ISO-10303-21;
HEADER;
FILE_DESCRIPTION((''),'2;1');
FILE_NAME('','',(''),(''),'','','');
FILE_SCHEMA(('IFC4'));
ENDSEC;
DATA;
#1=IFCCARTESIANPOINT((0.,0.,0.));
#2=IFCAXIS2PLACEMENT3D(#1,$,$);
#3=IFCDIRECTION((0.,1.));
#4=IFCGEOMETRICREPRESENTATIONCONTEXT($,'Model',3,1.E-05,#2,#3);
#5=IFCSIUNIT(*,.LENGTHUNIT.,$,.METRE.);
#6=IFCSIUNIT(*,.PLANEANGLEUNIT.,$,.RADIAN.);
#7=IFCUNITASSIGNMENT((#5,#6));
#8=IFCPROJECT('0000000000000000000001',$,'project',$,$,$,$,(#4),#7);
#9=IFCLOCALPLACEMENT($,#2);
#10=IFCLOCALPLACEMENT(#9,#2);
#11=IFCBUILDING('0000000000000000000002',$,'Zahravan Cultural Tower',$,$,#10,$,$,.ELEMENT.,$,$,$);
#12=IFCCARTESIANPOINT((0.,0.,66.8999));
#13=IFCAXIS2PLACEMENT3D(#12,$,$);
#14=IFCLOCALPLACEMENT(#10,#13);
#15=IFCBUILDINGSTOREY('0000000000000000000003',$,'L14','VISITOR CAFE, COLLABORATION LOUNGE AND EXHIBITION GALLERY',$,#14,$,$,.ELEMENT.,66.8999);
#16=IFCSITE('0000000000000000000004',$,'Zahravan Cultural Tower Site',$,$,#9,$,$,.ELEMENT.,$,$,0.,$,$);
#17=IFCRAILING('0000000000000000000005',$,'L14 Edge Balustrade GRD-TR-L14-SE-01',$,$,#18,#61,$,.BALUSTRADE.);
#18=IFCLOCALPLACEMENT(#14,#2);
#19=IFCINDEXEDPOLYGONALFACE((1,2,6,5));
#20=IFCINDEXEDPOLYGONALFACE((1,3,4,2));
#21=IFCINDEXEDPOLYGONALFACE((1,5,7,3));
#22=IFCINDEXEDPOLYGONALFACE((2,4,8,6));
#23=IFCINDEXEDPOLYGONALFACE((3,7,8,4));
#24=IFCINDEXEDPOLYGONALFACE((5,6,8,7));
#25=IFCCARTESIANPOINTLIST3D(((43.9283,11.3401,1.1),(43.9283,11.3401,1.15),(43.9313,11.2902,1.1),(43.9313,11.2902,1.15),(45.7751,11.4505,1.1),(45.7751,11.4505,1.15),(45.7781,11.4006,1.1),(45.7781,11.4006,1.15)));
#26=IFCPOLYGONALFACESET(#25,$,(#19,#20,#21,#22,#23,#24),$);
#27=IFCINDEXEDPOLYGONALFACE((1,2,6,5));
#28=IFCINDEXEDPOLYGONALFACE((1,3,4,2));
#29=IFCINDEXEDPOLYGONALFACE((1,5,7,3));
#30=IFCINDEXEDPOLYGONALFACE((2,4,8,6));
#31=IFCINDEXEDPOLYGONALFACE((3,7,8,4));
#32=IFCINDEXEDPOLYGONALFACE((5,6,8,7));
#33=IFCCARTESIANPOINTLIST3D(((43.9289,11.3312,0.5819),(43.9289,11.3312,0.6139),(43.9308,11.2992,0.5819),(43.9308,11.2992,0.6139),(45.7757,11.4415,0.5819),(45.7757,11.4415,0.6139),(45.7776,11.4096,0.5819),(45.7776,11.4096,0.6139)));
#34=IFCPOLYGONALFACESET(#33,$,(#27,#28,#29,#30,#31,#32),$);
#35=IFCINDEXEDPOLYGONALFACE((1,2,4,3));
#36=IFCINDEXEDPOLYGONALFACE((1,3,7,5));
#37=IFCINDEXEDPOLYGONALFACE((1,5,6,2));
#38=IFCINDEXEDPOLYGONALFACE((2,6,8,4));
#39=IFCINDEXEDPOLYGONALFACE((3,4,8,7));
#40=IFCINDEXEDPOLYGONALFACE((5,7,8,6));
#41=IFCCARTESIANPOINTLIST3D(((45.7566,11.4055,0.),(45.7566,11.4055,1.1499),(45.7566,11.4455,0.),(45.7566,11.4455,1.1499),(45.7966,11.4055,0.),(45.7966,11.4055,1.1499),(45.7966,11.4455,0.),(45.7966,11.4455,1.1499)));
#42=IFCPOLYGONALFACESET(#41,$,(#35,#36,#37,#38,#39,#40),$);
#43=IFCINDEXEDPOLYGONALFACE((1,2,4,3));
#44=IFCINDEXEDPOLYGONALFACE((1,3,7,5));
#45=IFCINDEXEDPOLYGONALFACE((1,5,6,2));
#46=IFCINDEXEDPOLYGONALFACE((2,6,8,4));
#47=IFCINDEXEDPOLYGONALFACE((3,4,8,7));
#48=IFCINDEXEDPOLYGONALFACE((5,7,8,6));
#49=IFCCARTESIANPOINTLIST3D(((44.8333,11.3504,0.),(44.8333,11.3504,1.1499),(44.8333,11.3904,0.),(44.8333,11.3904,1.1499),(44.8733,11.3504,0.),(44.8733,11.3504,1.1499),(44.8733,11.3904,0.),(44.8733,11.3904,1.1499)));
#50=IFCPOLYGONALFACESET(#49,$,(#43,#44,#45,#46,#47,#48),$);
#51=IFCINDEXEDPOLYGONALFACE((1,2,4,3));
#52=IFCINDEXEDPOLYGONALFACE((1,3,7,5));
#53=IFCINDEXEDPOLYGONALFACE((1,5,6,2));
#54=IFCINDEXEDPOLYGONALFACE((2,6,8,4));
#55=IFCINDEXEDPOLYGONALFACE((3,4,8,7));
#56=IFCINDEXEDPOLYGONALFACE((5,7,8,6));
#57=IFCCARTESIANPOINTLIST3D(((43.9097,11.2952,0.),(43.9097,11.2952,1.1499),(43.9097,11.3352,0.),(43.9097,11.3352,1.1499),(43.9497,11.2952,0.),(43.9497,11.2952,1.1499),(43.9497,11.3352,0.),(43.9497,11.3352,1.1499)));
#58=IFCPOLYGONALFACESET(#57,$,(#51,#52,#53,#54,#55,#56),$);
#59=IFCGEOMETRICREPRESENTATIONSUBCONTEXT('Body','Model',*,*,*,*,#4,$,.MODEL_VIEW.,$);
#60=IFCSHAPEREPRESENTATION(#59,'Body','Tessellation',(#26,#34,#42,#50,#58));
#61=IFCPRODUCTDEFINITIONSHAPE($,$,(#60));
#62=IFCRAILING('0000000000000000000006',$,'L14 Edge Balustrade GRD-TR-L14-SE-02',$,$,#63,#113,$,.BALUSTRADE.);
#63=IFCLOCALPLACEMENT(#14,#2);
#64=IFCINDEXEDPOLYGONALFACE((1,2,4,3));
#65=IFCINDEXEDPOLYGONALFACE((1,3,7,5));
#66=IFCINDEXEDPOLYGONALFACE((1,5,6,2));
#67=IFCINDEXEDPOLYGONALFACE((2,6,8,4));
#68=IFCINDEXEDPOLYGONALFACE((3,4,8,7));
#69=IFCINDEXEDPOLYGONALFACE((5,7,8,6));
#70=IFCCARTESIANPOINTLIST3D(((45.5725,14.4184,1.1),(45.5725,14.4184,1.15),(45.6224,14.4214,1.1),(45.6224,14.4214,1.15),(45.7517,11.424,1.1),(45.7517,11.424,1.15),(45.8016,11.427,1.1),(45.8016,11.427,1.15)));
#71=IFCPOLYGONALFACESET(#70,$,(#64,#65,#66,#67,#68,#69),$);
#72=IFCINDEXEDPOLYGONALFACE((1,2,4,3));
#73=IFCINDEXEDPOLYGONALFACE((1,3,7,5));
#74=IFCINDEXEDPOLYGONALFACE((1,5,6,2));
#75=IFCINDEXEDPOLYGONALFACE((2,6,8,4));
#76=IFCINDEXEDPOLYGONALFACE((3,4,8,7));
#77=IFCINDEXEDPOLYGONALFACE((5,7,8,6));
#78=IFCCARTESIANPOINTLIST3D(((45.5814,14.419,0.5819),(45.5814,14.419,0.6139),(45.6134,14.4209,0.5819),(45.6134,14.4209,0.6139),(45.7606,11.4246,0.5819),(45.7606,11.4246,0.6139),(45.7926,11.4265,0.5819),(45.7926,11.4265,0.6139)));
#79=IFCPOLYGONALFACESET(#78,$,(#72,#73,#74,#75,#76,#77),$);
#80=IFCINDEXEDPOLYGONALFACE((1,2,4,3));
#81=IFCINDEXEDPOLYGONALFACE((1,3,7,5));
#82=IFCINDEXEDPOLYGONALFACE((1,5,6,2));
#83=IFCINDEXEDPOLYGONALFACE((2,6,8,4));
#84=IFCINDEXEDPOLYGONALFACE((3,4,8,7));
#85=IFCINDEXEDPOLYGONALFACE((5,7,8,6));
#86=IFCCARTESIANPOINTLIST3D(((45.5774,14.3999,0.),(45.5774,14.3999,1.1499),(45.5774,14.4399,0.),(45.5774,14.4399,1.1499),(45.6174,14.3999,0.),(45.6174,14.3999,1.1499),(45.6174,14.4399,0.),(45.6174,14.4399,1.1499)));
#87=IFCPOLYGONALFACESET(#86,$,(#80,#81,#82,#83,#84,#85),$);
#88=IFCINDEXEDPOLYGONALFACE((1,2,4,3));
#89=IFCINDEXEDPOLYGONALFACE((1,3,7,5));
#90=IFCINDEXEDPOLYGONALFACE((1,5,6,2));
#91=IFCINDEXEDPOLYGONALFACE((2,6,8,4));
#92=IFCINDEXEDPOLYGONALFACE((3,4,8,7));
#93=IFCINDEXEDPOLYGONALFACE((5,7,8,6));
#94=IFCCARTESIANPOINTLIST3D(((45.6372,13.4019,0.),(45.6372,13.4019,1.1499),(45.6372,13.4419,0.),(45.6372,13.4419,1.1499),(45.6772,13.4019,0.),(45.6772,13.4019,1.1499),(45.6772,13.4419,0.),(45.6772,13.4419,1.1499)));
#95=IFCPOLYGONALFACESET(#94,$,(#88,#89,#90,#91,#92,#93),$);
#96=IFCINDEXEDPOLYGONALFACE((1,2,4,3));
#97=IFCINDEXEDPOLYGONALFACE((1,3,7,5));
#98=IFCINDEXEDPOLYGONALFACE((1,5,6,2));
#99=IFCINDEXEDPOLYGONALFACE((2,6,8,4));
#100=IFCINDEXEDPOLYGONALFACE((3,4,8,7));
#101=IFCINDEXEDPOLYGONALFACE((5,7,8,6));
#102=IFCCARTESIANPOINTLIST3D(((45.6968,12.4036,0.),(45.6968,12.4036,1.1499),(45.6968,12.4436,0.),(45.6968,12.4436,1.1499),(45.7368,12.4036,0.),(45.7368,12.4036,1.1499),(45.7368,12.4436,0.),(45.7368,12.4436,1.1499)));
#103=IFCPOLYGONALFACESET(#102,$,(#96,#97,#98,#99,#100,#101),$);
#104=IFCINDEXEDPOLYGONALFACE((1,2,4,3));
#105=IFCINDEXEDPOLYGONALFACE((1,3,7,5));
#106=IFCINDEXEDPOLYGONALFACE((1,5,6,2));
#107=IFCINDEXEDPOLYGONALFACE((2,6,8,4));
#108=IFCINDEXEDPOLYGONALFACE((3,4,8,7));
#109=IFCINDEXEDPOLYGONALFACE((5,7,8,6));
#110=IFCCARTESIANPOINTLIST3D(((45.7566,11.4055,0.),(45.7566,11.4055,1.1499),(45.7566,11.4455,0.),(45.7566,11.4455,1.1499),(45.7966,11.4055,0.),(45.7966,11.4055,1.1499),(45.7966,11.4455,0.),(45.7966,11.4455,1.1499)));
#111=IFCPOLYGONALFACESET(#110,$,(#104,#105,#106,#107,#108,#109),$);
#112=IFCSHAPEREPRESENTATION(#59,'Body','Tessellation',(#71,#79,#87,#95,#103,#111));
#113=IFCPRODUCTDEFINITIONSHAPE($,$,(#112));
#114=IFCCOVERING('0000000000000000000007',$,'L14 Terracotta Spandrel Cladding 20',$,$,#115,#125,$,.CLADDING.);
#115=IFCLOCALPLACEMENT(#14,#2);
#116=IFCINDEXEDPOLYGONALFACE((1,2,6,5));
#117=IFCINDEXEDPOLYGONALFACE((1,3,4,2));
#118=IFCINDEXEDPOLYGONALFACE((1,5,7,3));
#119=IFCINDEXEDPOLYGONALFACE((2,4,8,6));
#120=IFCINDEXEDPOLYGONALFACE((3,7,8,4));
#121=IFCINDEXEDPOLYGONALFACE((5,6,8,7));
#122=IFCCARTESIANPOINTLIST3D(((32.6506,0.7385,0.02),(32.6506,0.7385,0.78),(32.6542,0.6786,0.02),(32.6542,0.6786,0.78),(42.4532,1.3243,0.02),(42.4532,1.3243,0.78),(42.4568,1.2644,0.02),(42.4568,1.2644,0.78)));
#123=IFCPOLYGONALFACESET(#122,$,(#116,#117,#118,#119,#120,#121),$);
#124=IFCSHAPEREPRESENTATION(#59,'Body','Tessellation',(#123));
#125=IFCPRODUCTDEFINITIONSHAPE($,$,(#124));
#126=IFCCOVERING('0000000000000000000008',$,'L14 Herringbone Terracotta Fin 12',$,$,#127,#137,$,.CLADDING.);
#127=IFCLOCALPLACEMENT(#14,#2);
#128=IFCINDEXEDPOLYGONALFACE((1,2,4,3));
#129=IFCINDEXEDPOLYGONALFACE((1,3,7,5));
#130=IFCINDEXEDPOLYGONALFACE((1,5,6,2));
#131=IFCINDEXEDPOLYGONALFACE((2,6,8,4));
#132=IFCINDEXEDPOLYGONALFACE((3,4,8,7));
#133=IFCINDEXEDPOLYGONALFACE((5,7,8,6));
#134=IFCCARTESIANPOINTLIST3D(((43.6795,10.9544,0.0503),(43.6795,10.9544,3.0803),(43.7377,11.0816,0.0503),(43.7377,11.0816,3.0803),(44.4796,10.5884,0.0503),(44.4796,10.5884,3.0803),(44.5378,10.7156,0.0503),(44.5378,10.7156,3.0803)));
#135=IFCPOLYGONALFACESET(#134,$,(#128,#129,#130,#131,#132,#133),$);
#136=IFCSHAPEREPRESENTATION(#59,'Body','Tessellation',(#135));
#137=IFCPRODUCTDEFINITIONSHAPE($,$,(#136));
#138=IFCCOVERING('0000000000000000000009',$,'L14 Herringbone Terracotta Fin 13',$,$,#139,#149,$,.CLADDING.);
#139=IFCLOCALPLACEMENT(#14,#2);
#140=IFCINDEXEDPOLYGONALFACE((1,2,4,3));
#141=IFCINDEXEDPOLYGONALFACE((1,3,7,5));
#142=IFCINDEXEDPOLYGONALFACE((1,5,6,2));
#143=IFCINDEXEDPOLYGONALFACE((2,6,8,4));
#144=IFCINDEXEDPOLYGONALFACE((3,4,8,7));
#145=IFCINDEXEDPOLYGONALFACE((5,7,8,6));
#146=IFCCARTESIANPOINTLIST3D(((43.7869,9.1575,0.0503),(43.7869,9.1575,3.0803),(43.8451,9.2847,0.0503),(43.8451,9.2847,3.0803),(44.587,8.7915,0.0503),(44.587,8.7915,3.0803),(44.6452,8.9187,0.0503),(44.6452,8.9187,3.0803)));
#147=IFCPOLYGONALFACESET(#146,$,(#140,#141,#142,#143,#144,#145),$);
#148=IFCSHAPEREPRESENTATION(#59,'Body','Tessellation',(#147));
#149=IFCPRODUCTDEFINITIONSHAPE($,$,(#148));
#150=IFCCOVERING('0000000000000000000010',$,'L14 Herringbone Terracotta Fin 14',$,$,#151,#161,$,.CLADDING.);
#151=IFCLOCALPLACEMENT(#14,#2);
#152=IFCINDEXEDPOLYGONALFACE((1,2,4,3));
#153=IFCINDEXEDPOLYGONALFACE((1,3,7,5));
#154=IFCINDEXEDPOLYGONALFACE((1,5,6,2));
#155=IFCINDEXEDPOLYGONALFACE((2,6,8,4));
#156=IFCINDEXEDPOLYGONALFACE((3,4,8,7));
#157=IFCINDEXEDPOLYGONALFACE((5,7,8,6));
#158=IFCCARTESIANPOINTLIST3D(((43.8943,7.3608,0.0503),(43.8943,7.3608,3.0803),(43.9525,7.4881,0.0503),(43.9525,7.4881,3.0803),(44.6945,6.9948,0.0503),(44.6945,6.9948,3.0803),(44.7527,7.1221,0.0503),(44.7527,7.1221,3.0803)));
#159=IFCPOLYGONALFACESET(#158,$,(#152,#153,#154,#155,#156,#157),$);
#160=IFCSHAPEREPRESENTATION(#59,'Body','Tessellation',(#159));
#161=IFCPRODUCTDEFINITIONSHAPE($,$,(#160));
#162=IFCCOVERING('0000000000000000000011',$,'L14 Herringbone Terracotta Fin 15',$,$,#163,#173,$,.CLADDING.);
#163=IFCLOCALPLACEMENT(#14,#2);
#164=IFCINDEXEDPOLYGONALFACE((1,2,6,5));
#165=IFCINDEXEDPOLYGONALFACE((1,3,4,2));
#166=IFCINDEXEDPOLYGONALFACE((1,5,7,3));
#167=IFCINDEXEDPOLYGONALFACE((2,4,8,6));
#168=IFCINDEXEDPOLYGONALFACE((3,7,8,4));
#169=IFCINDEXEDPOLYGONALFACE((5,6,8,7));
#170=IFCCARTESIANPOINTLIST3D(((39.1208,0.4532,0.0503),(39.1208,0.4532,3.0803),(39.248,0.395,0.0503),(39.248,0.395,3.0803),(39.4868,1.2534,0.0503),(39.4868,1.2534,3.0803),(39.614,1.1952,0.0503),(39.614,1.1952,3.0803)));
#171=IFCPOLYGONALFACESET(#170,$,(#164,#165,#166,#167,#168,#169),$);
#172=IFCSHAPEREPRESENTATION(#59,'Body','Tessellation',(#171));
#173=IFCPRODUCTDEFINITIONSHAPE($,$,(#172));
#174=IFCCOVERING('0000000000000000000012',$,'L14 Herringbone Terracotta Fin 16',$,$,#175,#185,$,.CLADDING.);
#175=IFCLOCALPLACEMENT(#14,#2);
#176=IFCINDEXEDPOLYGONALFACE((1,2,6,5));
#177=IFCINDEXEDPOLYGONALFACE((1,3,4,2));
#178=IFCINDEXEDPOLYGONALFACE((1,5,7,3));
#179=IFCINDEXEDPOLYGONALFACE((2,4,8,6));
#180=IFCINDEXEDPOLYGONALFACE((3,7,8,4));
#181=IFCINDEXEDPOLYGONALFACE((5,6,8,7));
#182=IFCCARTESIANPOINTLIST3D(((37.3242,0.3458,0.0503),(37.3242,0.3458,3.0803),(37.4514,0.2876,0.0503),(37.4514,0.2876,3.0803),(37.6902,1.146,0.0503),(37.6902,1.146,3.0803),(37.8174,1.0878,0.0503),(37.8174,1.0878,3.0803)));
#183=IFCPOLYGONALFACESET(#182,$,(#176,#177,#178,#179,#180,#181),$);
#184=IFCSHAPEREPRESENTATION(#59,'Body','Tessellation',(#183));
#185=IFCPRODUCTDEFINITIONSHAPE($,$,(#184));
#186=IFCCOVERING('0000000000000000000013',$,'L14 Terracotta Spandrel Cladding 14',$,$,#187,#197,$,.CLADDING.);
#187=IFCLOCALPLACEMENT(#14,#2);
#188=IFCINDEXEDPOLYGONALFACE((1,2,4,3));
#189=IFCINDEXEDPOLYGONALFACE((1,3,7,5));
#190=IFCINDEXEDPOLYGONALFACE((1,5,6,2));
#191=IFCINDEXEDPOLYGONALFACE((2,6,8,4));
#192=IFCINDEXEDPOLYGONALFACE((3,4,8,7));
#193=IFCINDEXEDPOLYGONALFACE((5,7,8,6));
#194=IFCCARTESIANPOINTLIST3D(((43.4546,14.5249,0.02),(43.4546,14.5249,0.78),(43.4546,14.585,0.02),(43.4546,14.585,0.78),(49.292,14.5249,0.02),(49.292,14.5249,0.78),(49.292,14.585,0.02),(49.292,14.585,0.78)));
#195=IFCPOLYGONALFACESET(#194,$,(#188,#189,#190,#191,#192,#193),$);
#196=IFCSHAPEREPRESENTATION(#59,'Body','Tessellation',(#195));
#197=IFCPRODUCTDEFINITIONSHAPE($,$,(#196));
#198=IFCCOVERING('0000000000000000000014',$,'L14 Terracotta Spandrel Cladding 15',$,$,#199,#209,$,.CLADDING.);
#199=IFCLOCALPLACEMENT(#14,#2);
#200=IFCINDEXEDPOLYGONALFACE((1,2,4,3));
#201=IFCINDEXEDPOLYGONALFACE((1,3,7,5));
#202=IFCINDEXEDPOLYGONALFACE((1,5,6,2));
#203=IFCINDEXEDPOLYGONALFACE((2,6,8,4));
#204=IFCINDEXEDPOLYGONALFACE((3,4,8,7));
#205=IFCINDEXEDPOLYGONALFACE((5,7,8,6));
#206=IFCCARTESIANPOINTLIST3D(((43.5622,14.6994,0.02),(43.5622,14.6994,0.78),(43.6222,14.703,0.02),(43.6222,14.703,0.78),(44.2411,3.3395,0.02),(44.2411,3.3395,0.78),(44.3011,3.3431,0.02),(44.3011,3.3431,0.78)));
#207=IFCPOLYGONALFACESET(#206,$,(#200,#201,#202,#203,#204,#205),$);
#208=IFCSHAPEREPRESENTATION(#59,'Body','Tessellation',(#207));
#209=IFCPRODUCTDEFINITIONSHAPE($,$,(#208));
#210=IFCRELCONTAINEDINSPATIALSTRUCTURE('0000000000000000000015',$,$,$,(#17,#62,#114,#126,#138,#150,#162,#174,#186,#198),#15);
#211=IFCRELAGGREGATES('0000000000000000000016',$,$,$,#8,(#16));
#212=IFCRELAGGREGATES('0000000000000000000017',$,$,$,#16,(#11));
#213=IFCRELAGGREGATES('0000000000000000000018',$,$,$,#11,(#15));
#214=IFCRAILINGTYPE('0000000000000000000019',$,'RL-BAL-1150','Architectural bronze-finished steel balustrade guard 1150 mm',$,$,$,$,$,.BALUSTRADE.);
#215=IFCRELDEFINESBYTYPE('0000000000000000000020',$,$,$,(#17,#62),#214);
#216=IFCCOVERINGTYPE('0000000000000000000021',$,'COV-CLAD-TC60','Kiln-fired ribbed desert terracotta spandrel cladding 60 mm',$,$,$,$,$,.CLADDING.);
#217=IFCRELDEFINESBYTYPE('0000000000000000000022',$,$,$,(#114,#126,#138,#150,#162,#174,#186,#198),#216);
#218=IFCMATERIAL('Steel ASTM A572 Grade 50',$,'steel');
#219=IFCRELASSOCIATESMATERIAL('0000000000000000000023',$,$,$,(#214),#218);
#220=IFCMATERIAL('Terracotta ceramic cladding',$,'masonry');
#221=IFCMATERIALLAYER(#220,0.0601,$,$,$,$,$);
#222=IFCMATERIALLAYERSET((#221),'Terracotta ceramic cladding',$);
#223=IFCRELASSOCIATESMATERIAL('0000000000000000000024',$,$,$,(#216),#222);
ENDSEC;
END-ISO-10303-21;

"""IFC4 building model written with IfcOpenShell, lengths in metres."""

from ifc_helpers import new_model, si_unit, direction, frame, origin, origin_2d, place, context, subcontext, project, spatial, rectangle, extrude, source, transform, mapped, material, layer, layer_set, type_object, element, save


model = new_model("IFC4")

# Units and contexts
model_context = context("Model", 3, precision=1e-05, world=origin(), true_north=direction((0.0, 1.0)))
body_context = subcontext(model_context, "Body", "Model", "MODEL_VIEW")
ifc_project = project(units=[si_unit("LENGTHUNIT", "METRE"), si_unit("PLANEANGLEUNIT", "RADIAN")], contexts=[model_context])

# Site, building, storey
site_placement = place(None, origin())
site = spatial("IfcSite", under=ifc_project, at=site_placement, Name="Zahravan Cultural Tower Site", CompositionType="ELEMENT", RefElevation=0.0)
building_placement = place(site_placement, origin())
building = spatial("IfcBuilding", under=site, at=building_placement, Name="Zahravan Cultural Tower", CompositionType="ELEMENT")
storey_placement = place(building_placement, frame((0.0, 0.0, 66.8999)))
storey = spatial("IfcBuildingStorey", under=building, at=storey_placement, Name="L14", Description="VISITOR CAFE, COLLABORATION LOUNGE AND EXHIBITION GALLERY", CompositionType="ELEMENT", Elevation=66.8999)

# Shared definitions
ifc_material_1 = material(Name="Steel ASTM A572 Grade 50", Category="steel")

# Railings
railing_type = type_object("IfcRailingType", Name="RL-BAL-1150", Description="Architectural bronze-finished steel balustrade guard 1150 mm", PredefinedType="BALUSTRADE", material=ifc_material_1)
railing_1_placement = place(storey_placement, frame((45.7766, 11.4255, 0.0)))
element("IfcRailing", 1, at=railing_1_placement, inside=storey, type_object=railing_type, Name="L14 Edge Balustrade GRD-TR-L14-SE-01", PredefinedType="BALUSTRADE", context=body_context, shape_type="SweptSolid", body=[
    extrude(rectangle(XDim=0.05, YDim=0.05, at=origin_2d()), frame((0.0, 0.0, 1.125), z_axis=(-0.99822, -0.059642, 0.0), x_axis=(0.059642, -0.99822, 0.0)), (0.0, 0.0, 1.0), 1.8501),
    extrude(rectangle(XDim=0.032, YDim=0.032, at=origin_2d()), frame((0.0, 0.0, 0.5979), z_axis=(-0.99822, -0.059642, 0.0), x_axis=(0.059642, -0.99822, 0.0)), (0.0, 0.0, 1.0), 1.8501),
    extrude(rectangle(XDim=0.04, YDim=0.04, at=origin_2d()), origin(), (0.0, 0.0, 1.0), 1.1499),
    extrude(rectangle(XDim=0.04, YDim=0.04, at=origin_2d()), frame((-0.9233, -0.0552, 0.0)), (0.0, 0.0, 1.0), 1.1499),
    extrude(rectangle(XDim=0.04, YDim=0.04, at=origin_2d()), frame((-1.8469, -0.1104, 0.0)), (0.0, 0.0, 1.0), 1.1499),
])
railing_2_placement = place(storey_placement, frame((45.5974, 14.4199, 0.0)))
element("IfcRailing", 2, at=railing_2_placement, inside=storey, type_object=railing_type, Name="L14 Edge Balustrade GRD-TR-L14-SE-02", PredefinedType="BALUSTRADE", context=body_context, shape_type="SweptSolid", body=[
    extrude(rectangle(XDim=0.05, YDim=0.05, at=origin_2d()), frame((0.0, 0.0, 1.125), z_axis=(0.059738, -0.998214, 0.0), x_axis=(0.998214, 0.059738, 0.0)), (0.0, 0.0, 1.0), 2.9998),
    extrude(rectangle(XDim=0.032, YDim=0.032, at=origin_2d()), frame((0.0, 0.0, 0.5979), z_axis=(0.059738, -0.998214, 0.0), x_axis=(0.998214, 0.059738, 0.0)), (0.0, 0.0, 1.0), 2.9998),
    extrude(rectangle(XDim=0.04, YDim=0.04, at=origin_2d()), origin(), (0.0, 0.0, 1.0), 1.1499),
    extrude(rectangle(XDim=0.04, YDim=0.04, at=origin_2d()), frame((0.0598, -0.998, 0.0)), (0.0, 0.0, 1.0), 1.1499),
    extrude(rectangle(XDim=0.04, YDim=0.04, at=origin_2d()), frame((0.1194, -1.9963, 0.0)), (0.0, 0.0, 1.0), 1.1499),
    extrude(rectangle(XDim=0.04, YDim=0.04, at=origin_2d()), frame((0.1792, -2.9944, 0.0)), (0.0, 0.0, 1.0), 1.1499),
])

# Coverings
ifc_material_2 = material(Name="Terracotta ceramic cladding", Category="masonry")
ifc_layer_1 = layer(ifc_material_2, 0.0601)
ifc_layer_set_1 = layer_set([ifc_layer_1], Name="Terracotta ceramic cladding")
covering_type = type_object("IfcCoveringType", Name="COV-CLAD-TC60", Description="Kiln-fired ribbed desert terracotta spandrel cladding 60 mm", PredefinedType="CLADDING", material=ifc_layer_set_1)
shared_shape_1 = source(origin(), body_context, "Body", "SweptSolid", [
    extrude(rectangle(XDim=9.8201, YDim=0.0601, at=origin_2d()), origin(), (0.0, 0.0, 1.0), 0.76),
])
covering_1_placement = place(storey_placement, frame((37.5537, 1.0015, 0.02), z_axis=(0.0, 0.0, 1.0), x_axis=(-0.998219, -0.059655, 0.0)))
element("IfcCovering", 3, at=covering_1_placement, inside=storey, type_object=covering_type, Name="L14 Terracotta Spandrel Cladding 20", PredefinedType="CLADDING", context=body_context, shape_type="MappedRepresentation", body=[
    mapped(shared_shape_1, transform((0.0, 0.0, 0.0), x_axis=(1.0, 0.0, 0.0), y_axis=(0.0, 1.0, 0.0), z_axis=(0.0, 0.0, 1.0), scale=1.0)),
])
shared_shape_2 = source(origin(), body_context, "Body", "SweptSolid", [
    extrude(rectangle(XDim=0.8799, YDim=0.1399, at=origin_2d()), origin(), (0.0, 0.0, 1.0), 3.03),
])
for number, where, z_axis, x_axis, name in (
    (4, (44.1086, 10.835, 0.0503), (0.0, 0.0, 1.0), (0.909381, -0.415963, 0.0), "L14 Herringbone Terracotta Fin 12"),
    (5, (44.2161, 9.0381, 0.0503), (0.0, 0.0, 1.0), (0.909381, -0.415963, 0.0), "L14 Herringbone Terracotta Fin 13"),
    (6, (44.3235, 7.2415, 0.0503), (0.0, 0.0, 1.0), (0.909381, -0.415963, 0.0), "L14 Herringbone Terracotta Fin 14"),
    (7, (39.3674, 0.8242, 0.0503), (0.0, 0.0, 1.0), (-0.415963, -0.909381, 0.0), "L14 Herringbone Terracotta Fin 15"),
    (8, (37.5708, 0.7168, 0.0503), (0.0, 0.0, 1.0), (-0.415963, -0.909381, 0.0), "L14 Herringbone Terracotta Fin 16"),
):
    element("IfcCovering", number, at=place(storey_placement, frame(where, z_axis=z_axis, x_axis=x_axis)), inside=storey, type_object=covering_type, Name=name, PredefinedType="CLADDING", context=body_context, shape_type="MappedRepresentation", body=[
        mapped(shared_shape_2, transform((0.0, 0.0, 0.0), x_axis=(1.0, 0.0, 0.0), y_axis=(0.0, 1.0, 0.0), z_axis=(0.0, 0.0, 1.0), scale=1.0)),
    ])
shared_shape_3 = source(origin(), body_context, "Body", "SweptSolid", [
    extrude(rectangle(XDim=5.8374, YDim=0.0601, at=origin_2d()), origin(), (0.0, 0.0, 1.0), 0.76),
])
covering_2_placement = place(storey_placement, frame((46.3733, 14.5549, 0.02), z_axis=(0.0, 0.0, 1.0), x_axis=(-1.0, 0.0, 0.0)))
element("IfcCovering", 9, at=covering_2_placement, inside=storey, type_object=covering_type, Name="L14 Terracotta Spandrel Cladding 14", PredefinedType="CLADDING", context=body_context, shape_type="MappedRepresentation", body=[
    mapped(shared_shape_3, transform((0.0, 0.0, 0.0), x_axis=(1.0, 0.0, 0.0), y_axis=(0.0, 1.0, 0.0), z_axis=(0.0, 0.0, 1.0), scale=1.0)),
])
shared_shape_4 = source(origin(), body_context, "Body", "SweptSolid", [
    extrude(rectangle(XDim=11.3801, YDim=0.0601, at=origin_2d()), origin(), (0.0, 0.0, 1.0), 0.76),
])
covering_3_placement = place(storey_placement, frame((43.9316, 9.0212, 0.02), z_axis=(0.0, 0.0, 1.0), x_axis=(0.059655, -0.998219, 0.0)))
element("IfcCovering", 10, at=covering_3_placement, inside=storey, type_object=covering_type, Name="L14 Terracotta Spandrel Cladding 15", PredefinedType="CLADDING", context=body_context, shape_type="MappedRepresentation", body=[
    mapped(shared_shape_4, transform((0.0, 0.0, 0.0), x_axis=(1.0, 0.0, 0.0), y_axis=(0.0, 1.0, 0.0), z_axis=(0.0, 0.0, 1.0), scale=1.0)),
])

save(model, "model.ifc")
